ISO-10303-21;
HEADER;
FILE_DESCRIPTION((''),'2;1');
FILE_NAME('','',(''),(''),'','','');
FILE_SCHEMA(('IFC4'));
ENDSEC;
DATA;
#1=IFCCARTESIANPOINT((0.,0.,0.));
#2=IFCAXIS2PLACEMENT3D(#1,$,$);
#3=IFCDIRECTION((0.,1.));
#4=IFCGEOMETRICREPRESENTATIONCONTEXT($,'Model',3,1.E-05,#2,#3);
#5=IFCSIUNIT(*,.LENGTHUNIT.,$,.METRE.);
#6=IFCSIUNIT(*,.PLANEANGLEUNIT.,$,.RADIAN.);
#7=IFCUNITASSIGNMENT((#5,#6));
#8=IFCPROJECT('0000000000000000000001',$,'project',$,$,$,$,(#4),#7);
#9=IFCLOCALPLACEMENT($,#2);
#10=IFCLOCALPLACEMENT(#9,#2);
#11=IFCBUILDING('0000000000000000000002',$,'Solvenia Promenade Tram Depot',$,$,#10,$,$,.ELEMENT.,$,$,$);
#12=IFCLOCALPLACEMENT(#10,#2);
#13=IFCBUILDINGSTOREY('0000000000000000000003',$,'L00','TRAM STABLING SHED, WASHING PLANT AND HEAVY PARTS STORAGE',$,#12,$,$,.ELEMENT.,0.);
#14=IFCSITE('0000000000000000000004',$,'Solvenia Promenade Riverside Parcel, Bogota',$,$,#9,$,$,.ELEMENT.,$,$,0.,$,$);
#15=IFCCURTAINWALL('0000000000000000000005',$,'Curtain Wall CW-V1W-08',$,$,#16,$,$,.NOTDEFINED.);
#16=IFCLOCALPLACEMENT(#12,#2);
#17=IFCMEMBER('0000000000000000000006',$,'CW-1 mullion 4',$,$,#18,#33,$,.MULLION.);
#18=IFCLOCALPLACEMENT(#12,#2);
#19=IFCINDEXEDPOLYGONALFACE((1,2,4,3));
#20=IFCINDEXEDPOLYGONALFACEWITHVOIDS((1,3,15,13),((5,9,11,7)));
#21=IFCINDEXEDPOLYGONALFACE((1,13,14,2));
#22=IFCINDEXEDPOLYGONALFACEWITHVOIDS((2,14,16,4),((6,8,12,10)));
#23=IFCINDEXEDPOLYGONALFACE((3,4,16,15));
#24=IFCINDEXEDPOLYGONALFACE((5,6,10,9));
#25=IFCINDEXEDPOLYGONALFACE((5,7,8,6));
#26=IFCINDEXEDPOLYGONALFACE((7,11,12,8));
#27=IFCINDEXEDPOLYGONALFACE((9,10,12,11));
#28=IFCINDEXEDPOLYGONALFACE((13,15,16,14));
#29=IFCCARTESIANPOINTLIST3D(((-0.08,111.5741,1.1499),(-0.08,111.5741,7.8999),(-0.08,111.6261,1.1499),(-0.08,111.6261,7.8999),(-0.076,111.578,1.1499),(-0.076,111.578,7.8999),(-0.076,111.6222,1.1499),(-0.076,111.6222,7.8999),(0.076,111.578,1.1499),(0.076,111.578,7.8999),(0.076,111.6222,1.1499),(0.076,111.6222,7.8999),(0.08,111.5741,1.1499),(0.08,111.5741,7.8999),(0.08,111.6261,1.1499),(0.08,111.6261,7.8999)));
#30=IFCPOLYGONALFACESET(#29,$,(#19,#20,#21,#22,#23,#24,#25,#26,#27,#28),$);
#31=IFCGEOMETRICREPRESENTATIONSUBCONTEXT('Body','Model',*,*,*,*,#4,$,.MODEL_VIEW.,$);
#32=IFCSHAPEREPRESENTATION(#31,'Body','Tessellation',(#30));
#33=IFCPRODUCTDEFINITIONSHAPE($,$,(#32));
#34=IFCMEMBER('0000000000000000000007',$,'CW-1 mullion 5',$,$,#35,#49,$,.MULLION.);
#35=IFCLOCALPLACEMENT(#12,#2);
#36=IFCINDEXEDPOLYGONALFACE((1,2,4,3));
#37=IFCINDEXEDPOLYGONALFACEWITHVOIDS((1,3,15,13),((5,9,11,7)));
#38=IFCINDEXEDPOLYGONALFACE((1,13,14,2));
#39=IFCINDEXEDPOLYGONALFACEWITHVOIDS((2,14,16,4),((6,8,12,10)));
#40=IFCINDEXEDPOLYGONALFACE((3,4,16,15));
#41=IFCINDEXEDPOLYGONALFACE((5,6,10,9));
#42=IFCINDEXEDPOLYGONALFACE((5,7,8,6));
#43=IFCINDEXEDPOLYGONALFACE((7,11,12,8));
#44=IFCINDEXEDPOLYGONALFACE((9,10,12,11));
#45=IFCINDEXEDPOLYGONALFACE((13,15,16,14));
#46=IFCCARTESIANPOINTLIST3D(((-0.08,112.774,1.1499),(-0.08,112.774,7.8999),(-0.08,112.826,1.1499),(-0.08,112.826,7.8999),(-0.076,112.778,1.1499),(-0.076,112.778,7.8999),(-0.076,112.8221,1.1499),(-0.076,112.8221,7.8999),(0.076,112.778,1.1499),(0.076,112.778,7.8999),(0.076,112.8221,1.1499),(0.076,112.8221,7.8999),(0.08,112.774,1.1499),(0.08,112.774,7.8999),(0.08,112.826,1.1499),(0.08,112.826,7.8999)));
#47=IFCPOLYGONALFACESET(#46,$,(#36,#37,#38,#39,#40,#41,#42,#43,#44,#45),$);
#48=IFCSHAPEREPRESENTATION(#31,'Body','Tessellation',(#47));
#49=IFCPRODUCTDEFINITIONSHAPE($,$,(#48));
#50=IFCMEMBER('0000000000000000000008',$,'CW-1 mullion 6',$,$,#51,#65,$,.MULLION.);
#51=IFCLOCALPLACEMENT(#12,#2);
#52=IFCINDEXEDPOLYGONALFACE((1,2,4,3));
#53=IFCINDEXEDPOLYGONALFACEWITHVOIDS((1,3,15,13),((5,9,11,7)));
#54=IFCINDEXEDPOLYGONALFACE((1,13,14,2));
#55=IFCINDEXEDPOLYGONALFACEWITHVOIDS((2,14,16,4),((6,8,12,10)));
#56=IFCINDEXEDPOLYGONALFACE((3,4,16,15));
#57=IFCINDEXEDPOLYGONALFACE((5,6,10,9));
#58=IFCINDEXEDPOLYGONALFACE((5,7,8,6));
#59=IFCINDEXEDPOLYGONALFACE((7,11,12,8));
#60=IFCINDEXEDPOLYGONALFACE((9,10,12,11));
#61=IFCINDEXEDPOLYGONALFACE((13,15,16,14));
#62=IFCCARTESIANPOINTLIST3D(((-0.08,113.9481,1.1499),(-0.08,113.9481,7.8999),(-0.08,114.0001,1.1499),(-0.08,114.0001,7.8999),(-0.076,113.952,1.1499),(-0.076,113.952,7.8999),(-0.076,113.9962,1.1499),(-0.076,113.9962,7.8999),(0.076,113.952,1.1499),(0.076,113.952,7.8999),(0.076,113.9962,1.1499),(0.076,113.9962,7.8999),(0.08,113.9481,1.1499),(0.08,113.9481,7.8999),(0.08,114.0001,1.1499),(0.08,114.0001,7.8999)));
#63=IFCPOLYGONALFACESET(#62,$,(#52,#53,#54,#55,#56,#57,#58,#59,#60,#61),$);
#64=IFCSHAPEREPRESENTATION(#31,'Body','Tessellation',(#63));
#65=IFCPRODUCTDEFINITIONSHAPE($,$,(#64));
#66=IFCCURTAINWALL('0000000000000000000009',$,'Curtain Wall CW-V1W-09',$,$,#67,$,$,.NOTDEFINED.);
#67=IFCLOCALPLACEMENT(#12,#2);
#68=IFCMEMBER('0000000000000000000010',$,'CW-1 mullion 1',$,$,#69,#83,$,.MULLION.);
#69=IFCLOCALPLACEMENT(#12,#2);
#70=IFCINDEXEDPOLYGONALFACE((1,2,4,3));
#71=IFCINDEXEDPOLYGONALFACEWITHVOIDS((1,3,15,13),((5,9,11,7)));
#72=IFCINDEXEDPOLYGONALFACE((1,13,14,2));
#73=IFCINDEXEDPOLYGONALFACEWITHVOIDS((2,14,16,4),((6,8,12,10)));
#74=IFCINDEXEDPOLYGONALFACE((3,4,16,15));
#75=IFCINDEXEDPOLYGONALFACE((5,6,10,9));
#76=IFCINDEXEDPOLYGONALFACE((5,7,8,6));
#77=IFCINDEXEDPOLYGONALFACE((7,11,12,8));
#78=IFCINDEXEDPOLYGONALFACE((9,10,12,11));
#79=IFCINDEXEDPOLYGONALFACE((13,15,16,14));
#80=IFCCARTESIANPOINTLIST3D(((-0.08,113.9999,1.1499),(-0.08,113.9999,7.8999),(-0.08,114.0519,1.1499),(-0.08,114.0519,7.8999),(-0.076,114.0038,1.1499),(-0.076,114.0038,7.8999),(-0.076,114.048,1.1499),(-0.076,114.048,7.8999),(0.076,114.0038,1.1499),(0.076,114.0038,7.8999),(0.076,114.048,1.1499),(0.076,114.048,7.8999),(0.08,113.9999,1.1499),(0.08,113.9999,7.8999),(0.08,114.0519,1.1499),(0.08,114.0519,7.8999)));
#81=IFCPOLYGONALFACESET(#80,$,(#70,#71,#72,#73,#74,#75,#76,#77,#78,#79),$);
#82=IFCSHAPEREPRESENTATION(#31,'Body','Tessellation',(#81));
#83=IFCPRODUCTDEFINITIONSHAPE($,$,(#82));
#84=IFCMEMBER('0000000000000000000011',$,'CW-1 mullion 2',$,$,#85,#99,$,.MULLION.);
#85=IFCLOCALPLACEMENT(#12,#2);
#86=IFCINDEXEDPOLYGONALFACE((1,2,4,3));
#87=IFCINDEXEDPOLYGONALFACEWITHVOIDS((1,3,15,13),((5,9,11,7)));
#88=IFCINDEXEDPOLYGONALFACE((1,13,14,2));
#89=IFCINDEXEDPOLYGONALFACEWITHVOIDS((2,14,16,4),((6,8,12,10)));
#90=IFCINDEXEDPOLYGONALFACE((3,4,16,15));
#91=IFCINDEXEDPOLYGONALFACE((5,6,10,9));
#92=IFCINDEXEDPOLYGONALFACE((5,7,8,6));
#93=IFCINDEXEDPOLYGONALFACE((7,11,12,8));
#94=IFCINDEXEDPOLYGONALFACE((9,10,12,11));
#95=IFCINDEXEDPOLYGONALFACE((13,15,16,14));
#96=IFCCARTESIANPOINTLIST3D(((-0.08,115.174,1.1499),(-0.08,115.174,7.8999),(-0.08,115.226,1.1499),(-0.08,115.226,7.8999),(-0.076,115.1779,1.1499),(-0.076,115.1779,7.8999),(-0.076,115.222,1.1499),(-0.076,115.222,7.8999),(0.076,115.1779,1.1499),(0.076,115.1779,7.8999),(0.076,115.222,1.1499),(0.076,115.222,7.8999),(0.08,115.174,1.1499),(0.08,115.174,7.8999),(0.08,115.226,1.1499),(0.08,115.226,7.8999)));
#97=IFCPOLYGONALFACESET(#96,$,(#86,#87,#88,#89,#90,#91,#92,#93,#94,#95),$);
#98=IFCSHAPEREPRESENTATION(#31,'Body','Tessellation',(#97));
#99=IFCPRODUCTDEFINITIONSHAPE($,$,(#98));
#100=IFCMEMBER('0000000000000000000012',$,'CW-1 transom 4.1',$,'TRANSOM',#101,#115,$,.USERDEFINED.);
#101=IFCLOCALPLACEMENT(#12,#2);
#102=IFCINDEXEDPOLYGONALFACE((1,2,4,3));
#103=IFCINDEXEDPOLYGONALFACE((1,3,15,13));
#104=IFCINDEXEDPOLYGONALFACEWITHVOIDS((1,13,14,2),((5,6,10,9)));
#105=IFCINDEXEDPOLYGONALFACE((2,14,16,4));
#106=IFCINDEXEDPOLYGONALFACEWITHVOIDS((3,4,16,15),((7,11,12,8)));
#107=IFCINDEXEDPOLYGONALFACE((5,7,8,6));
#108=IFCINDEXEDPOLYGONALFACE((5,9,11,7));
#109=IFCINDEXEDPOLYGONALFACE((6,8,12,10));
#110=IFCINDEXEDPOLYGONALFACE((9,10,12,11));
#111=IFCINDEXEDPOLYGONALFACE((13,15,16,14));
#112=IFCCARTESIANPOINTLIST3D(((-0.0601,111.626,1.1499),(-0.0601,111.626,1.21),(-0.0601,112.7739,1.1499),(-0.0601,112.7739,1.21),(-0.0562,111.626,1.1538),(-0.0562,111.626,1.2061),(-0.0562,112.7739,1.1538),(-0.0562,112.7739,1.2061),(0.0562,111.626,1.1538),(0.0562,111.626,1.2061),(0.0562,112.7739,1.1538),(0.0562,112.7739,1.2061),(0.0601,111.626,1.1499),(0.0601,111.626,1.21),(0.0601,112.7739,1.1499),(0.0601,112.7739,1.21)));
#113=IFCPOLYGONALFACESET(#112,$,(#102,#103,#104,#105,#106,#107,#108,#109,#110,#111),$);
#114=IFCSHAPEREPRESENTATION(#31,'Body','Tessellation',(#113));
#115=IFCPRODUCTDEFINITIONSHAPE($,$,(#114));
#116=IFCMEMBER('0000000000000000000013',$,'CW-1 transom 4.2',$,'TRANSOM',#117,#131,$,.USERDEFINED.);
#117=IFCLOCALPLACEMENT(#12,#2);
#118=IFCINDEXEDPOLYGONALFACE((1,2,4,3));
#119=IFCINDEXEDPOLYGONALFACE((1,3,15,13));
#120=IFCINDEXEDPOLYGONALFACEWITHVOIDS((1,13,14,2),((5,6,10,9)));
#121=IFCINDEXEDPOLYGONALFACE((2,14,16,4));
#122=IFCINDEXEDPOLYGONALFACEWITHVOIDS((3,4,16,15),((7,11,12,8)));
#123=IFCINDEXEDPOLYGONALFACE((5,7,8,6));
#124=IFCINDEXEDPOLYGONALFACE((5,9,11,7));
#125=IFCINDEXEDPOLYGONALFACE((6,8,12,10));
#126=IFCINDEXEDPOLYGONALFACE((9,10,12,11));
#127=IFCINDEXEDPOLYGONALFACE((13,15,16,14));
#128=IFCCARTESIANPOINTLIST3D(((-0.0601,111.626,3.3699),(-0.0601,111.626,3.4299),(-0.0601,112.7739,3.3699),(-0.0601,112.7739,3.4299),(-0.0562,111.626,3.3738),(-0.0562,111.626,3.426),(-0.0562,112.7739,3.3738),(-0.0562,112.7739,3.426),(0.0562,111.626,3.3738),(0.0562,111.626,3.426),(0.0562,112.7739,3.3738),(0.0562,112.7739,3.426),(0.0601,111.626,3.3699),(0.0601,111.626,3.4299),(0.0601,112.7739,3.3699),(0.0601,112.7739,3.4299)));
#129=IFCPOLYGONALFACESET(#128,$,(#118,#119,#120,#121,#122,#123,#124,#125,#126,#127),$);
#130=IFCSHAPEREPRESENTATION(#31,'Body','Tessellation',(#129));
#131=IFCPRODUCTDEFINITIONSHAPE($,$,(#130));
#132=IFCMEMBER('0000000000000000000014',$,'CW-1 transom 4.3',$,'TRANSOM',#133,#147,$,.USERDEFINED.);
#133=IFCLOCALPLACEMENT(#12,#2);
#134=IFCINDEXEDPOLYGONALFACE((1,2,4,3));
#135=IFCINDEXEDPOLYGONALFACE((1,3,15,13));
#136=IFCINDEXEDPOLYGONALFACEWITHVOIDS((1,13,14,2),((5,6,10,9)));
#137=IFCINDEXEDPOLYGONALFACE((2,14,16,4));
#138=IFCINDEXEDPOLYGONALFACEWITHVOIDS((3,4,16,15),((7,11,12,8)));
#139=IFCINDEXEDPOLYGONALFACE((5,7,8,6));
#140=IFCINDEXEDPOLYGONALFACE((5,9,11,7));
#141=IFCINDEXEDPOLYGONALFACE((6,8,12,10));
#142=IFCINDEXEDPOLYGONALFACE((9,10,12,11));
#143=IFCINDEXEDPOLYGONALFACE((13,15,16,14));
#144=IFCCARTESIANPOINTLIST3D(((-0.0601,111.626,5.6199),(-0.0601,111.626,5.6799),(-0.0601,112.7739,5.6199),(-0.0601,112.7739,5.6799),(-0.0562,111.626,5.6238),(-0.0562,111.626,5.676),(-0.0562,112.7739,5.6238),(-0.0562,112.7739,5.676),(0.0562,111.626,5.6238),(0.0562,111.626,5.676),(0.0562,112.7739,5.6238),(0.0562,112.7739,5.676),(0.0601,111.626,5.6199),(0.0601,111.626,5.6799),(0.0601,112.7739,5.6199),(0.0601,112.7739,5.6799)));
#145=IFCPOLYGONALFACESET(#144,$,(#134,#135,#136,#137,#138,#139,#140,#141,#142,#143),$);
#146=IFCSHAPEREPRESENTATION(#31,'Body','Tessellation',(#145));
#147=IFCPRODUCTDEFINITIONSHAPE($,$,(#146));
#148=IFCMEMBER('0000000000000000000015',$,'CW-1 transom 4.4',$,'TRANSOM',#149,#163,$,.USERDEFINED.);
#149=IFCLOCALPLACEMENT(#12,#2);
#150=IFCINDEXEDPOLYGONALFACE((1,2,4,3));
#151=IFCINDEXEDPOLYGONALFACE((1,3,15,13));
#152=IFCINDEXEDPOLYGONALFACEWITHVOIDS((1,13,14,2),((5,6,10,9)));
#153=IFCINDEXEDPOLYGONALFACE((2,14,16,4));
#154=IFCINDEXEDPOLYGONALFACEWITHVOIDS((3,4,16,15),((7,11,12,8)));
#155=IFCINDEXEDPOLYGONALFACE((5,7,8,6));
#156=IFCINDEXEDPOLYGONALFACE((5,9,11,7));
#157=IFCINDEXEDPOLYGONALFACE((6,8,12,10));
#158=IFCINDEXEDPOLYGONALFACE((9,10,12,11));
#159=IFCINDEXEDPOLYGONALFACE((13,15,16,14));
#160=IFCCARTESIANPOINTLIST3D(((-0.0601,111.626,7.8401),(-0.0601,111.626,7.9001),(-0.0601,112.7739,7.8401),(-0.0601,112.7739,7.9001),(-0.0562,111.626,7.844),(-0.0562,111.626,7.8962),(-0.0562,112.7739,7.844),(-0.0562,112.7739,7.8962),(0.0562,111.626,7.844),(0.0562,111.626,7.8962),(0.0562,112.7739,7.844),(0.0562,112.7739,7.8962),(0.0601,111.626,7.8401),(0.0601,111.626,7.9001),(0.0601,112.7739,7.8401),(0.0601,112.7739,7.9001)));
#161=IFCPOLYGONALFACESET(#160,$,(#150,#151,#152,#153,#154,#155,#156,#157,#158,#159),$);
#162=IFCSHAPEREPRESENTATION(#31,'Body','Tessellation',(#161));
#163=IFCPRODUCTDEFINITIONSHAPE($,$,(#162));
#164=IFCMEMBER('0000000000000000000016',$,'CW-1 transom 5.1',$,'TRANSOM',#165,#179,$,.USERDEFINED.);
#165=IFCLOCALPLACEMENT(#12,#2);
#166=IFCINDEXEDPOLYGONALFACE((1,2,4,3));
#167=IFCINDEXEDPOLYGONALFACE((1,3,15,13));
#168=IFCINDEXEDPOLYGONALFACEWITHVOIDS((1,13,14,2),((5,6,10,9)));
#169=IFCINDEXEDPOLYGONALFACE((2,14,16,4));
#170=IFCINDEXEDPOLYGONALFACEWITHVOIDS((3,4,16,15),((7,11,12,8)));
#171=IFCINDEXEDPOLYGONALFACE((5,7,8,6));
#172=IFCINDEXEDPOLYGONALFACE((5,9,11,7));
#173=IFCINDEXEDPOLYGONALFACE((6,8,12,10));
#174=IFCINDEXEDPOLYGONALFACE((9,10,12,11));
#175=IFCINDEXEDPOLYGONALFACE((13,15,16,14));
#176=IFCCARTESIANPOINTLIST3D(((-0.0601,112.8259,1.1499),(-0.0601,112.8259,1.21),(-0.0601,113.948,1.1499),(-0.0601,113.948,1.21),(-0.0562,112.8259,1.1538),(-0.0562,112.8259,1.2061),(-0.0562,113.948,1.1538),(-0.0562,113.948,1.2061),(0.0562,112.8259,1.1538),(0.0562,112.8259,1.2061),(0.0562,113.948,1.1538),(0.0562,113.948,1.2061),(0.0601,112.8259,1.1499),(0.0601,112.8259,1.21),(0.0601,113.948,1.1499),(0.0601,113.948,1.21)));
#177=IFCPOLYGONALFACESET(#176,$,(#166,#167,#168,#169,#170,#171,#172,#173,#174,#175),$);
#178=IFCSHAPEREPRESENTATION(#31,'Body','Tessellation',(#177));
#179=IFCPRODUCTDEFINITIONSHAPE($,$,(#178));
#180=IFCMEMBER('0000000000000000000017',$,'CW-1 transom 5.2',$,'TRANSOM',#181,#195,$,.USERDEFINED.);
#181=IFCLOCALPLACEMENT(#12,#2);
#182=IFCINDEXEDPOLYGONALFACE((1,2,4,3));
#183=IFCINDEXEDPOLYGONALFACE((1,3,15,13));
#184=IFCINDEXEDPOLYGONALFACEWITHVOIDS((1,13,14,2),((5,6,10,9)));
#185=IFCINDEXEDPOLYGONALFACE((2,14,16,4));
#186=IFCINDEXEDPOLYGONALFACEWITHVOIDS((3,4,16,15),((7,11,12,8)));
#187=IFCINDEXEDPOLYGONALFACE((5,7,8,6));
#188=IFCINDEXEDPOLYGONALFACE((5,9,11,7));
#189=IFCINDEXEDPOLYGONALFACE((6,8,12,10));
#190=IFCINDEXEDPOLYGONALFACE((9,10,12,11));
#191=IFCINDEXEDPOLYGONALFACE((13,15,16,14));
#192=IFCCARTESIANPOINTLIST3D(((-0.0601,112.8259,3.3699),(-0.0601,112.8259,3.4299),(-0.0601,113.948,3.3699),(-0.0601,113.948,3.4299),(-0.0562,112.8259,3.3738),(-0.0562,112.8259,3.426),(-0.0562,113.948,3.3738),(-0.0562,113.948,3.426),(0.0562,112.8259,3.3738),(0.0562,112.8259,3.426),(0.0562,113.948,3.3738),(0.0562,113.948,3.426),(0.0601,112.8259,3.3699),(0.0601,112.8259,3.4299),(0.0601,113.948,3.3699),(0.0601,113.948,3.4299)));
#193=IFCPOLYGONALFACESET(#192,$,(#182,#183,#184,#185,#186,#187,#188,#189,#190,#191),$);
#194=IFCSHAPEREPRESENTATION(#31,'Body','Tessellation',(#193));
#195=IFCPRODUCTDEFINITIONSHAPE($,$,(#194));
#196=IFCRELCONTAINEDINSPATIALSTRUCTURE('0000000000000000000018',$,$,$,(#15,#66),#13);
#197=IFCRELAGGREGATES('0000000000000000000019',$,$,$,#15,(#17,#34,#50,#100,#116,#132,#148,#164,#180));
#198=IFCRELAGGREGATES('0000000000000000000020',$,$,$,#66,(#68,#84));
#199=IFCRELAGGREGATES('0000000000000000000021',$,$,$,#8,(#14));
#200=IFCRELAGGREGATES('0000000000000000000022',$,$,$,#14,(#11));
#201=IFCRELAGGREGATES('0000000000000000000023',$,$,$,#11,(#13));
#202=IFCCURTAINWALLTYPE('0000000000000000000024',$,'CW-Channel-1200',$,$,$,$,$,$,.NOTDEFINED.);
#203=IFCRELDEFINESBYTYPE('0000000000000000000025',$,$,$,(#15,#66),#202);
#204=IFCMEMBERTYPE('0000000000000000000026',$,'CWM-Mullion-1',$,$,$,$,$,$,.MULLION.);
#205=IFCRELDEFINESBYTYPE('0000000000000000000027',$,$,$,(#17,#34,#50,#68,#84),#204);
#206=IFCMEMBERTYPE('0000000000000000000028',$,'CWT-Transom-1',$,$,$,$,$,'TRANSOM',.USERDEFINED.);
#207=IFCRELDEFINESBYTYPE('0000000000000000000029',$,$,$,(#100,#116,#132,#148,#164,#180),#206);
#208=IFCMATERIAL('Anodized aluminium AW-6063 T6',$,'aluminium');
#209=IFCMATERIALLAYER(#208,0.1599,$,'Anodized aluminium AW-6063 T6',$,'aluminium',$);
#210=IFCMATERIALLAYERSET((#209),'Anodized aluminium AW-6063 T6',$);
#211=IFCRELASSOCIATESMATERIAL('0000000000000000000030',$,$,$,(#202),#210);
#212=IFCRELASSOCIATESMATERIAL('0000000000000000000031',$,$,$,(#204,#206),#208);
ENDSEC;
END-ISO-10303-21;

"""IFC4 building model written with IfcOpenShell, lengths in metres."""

from ifc_helpers import new_model, si_unit, direction, frame, origin, origin_2d, place, context, subcontext, project, spatial, hollow_rectangle, extrude, material, layer, layer_set, material_profile, profile_set, type_object, element, aggregate, save


model = new_model("IFC4")

# Units and contexts
model_context = context("Model", 3, precision=1e-05, world=origin(), true_north=direction((0.0, 1.0)))
body_context = subcontext(model_context, "Body", "Model", "MODEL_VIEW")
ifc_project = project(units=[si_unit("LENGTHUNIT", "METRE"), si_unit("PLANEANGLEUNIT", "RADIAN")], contexts=[model_context])

# Site, building, storey
site_placement = place(None, origin())
site = spatial("IfcSite", under=ifc_project, at=site_placement, Name="Solvenia Promenade Riverside Parcel, Bogota", CompositionType="ELEMENT", RefElevation=0.0)
building_placement = place(site_placement, origin())
building = spatial("IfcBuilding", under=site, at=building_placement, Name="Solvenia Promenade Tram Depot", CompositionType="ELEMENT")
storey_placement = place(building_placement, origin())
storey = spatial("IfcBuildingStorey", under=building, at=storey_placement, Name="L00", Description="TRAM STABLING SHED, WASHING PLANT AND HEAVY PARTS STORAGE", CompositionType="ELEMENT", Elevation=0.0)

# Curtain walls, members
ifc_material_1 = material(Name="Anodized aluminium AW-6063 T6", Category="aluminium")
ifc_layer_1 = layer(ifc_material_1, 0.1599, Name="Anodized aluminium AW-6063 T6", Category="aluminium")
ifc_layer_set_1 = layer_set([ifc_layer_1], Name="Anodized aluminium AW-6063 T6")
curtain_wall_type = type_object("IfcCurtainWallType", Name="CW-Channel-1200", PredefinedType="NOTDEFINED", material=ifc_layer_set_1)
curtain_wall_1_placement = place(storey_placement, origin())
curtain_wall_1 = element("IfcCurtainWall", 1, at=curtain_wall_1_placement, inside=storey, type_object=curtain_wall_type, Name="Curtain Wall CW-V1W-08", PredefinedType="NOTDEFINED")
ifc_material_profile_1 = material_profile(ifc_material_1, hollow_rectangle(XDim=0.1599, YDim=0.052, WallThickness=0.0039, at=origin_2d()), Name="ALU-M1", Category="aluminium")
ifc_profile_set_1 = profile_set([ifc_material_profile_1], Name="Anodized aluminium AW-6063 T6")
member_type_1 = type_object("IfcMemberType", Name="CWM-Mullion-1", PredefinedType="MULLION", material=ifc_profile_set_1)
member_1_placement = place(storey_placement, frame((0.0, 111.6001, 1.1499), z_axis=(0.0, 0.0, 1.0), x_axis=(-1.0, 0.0, 0.0)))
member_1 = element("IfcMember", 2, at=member_1_placement, type_object=member_type_1, Name="CW-1 mullion 4", PredefinedType="MULLION", context=body_context, shape_type="SweptSolid", body=[
    extrude(hollow_rectangle(XDim=0.1599, YDim=0.052, WallThickness=0.0039, at=origin_2d()), origin(), (0.0, 0.0, 1.0), 6.75),
])
member_2_placement = place(storey_placement, frame((0.0, 112.8, 1.1499), z_axis=(0.0, 0.0, 1.0), x_axis=(-1.0, 0.0, 0.0)))
member_2 = element("IfcMember", 3, at=member_2_placement, type_object=member_type_1, Name="CW-1 mullion 5", PredefinedType="MULLION", context=body_context, shape_type="SweptSolid", body=[
    extrude(hollow_rectangle(XDim=0.1599, YDim=0.052, WallThickness=0.0039, at=origin_2d()), origin(), (0.0, 0.0, 1.0), 6.75),
])
member_3_placement = place(storey_placement, frame((0.0, 113.9741, 1.1499), z_axis=(0.0, 0.0, 1.0), x_axis=(-1.0, 0.0, 0.0)))
member_3 = element("IfcMember", 4, at=member_3_placement, type_object=member_type_1, Name="CW-1 mullion 6", PredefinedType="MULLION", context=body_context, shape_type="SweptSolid", body=[
    extrude(hollow_rectangle(XDim=0.1599, YDim=0.052, WallThickness=0.0039, at=origin_2d()), origin(), (0.0, 0.0, 1.0), 6.75),
])
curtain_wall_2_placement = place(storey_placement, origin())
curtain_wall_2 = element("IfcCurtainWall", 5, at=curtain_wall_2_placement, inside=storey, type_object=curtain_wall_type, Name="Curtain Wall CW-V1W-09", PredefinedType="NOTDEFINED")
member_4_placement = place(storey_placement, frame((0.0, 114.0259, 1.1499), z_axis=(0.0, 0.0, 1.0), x_axis=(-1.0, 0.0, 0.0)))
member_4 = element("IfcMember", 6, at=member_4_placement, type_object=member_type_1, Name="CW-1 mullion 1", PredefinedType="MULLION", context=body_context, shape_type="SweptSolid", body=[
    extrude(hollow_rectangle(XDim=0.1599, YDim=0.052, WallThickness=0.0039, at=origin_2d()), origin(), (0.0, 0.0, 1.0), 6.75),
])
member_5_placement = place(storey_placement, frame((0.0, 115.2, 1.1499), z_axis=(0.0, 0.0, 1.0), x_axis=(-1.0, 0.0, 0.0)))
member_5 = element("IfcMember", 7, at=member_5_placement, type_object=member_type_1, Name="CW-1 mullion 2", PredefinedType="MULLION", context=body_context, shape_type="SweptSolid", body=[
    extrude(hollow_rectangle(XDim=0.1599, YDim=0.052, WallThickness=0.0039, at=origin_2d()), origin(), (0.0, 0.0, 1.0), 6.75),
])

# Members
ifc_material_profile_2 = material_profile(ifc_material_1, hollow_rectangle(XDim=0.1201, YDim=0.0601, WallThickness=0.0039, at=origin_2d()), Name="ALU-T1", Category="aluminium")
ifc_profile_set_2 = profile_set([ifc_material_profile_2], Name="Anodized aluminium AW-6063 T6")
member_type_2 = type_object("IfcMemberType", Name="CWT-Transom-1", ElementType="TRANSOM", PredefinedType="USERDEFINED", material=ifc_profile_set_2)
member_6_placement = place(storey_placement, frame((0.0, 111.626, 1.1799), z_axis=(0.0, 1.0, 0.0), x_axis=(-1.0, 0.0, 0.0)))
member_6 = element("IfcMember", 8, at=member_6_placement, type_object=member_type_2, Name="CW-1 transom 4.1", ObjectType="TRANSOM", PredefinedType="USERDEFINED", context=body_context, shape_type="SweptSolid", body=[
    extrude(hollow_rectangle(XDim=0.1201, YDim=0.0601, WallThickness=0.0039, at=origin_2d()), origin(), (0.0, 0.0, 1.0), 1.1479),
])
member_7_placement = place(storey_placement, frame((0.0, 111.626, 3.3999), z_axis=(0.0, 1.0, 0.0), x_axis=(-1.0, 0.0, 0.0)))
member_7 = element("IfcMember", 9, at=member_7_placement, type_object=member_type_2, Name="CW-1 transom 4.2", ObjectType="TRANSOM", PredefinedType="USERDEFINED", context=body_context, shape_type="SweptSolid", body=[
    extrude(hollow_rectangle(XDim=0.1201, YDim=0.0601, WallThickness=0.0039, at=origin_2d()), origin(), (0.0, 0.0, 1.0), 1.1479),
])
member_8_placement = place(storey_placement, frame((0.0, 111.626, 5.6499), z_axis=(0.0, 1.0, 0.0), x_axis=(-1.0, 0.0, 0.0)))
member_8 = element("IfcMember", 10, at=member_8_placement, type_object=member_type_2, Name="CW-1 transom 4.3", ObjectType="TRANSOM", PredefinedType="USERDEFINED", context=body_context, shape_type="SweptSolid", body=[
    extrude(hollow_rectangle(XDim=0.1201, YDim=0.0601, WallThickness=0.0039, at=origin_2d()), origin(), (0.0, 0.0, 1.0), 1.1479),
])
member_9_placement = place(storey_placement, frame((0.0, 111.626, 7.8701), z_axis=(0.0, 1.0, 0.0), x_axis=(-1.0, 0.0, 0.0)))
member_9 = element("IfcMember", 11, at=member_9_placement, type_object=member_type_2, Name="CW-1 transom 4.4", ObjectType="TRANSOM", PredefinedType="USERDEFINED", context=body_context, shape_type="SweptSolid", body=[
    extrude(hollow_rectangle(XDim=0.1201, YDim=0.0601, WallThickness=0.0039, at=origin_2d()), origin(), (0.0, 0.0, 1.0), 1.1479),
])
member_10_placement = place(storey_placement, frame((0.0, 112.8259, 1.1799), z_axis=(0.0, 1.0, 0.0), x_axis=(-1.0, 0.0, 0.0)))
member_10 = element("IfcMember", 12, at=member_10_placement, type_object=member_type_2, Name="CW-1 transom 5.1", ObjectType="TRANSOM", PredefinedType="USERDEFINED", context=body_context, shape_type="SweptSolid", body=[
    extrude(hollow_rectangle(XDim=0.1201, YDim=0.0601, WallThickness=0.0039, at=origin_2d()), origin(), (0.0, 0.0, 1.0), 1.1221),
])
member_11_placement = place(storey_placement, frame((0.0, 112.8259, 3.3999), z_axis=(0.0, 1.0, 0.0), x_axis=(-1.0, 0.0, 0.0)))
member_11 = element("IfcMember", 13, at=member_11_placement, type_object=member_type_2, Name="CW-1 transom 5.2", ObjectType="TRANSOM", PredefinedType="USERDEFINED", context=body_context, shape_type="SweptSolid", body=[
    extrude(hollow_rectangle(XDim=0.1201, YDim=0.0601, WallThickness=0.0039, at=origin_2d()), origin(), (0.0, 0.0, 1.0), 1.1221),
])

aggregate(curtain_wall_1, [member_1, member_2, member_3, member_6, member_7, member_8, member_9, member_10, member_11])
aggregate(curtain_wall_2, [member_4, member_5])

save(model, "model.ifc")
